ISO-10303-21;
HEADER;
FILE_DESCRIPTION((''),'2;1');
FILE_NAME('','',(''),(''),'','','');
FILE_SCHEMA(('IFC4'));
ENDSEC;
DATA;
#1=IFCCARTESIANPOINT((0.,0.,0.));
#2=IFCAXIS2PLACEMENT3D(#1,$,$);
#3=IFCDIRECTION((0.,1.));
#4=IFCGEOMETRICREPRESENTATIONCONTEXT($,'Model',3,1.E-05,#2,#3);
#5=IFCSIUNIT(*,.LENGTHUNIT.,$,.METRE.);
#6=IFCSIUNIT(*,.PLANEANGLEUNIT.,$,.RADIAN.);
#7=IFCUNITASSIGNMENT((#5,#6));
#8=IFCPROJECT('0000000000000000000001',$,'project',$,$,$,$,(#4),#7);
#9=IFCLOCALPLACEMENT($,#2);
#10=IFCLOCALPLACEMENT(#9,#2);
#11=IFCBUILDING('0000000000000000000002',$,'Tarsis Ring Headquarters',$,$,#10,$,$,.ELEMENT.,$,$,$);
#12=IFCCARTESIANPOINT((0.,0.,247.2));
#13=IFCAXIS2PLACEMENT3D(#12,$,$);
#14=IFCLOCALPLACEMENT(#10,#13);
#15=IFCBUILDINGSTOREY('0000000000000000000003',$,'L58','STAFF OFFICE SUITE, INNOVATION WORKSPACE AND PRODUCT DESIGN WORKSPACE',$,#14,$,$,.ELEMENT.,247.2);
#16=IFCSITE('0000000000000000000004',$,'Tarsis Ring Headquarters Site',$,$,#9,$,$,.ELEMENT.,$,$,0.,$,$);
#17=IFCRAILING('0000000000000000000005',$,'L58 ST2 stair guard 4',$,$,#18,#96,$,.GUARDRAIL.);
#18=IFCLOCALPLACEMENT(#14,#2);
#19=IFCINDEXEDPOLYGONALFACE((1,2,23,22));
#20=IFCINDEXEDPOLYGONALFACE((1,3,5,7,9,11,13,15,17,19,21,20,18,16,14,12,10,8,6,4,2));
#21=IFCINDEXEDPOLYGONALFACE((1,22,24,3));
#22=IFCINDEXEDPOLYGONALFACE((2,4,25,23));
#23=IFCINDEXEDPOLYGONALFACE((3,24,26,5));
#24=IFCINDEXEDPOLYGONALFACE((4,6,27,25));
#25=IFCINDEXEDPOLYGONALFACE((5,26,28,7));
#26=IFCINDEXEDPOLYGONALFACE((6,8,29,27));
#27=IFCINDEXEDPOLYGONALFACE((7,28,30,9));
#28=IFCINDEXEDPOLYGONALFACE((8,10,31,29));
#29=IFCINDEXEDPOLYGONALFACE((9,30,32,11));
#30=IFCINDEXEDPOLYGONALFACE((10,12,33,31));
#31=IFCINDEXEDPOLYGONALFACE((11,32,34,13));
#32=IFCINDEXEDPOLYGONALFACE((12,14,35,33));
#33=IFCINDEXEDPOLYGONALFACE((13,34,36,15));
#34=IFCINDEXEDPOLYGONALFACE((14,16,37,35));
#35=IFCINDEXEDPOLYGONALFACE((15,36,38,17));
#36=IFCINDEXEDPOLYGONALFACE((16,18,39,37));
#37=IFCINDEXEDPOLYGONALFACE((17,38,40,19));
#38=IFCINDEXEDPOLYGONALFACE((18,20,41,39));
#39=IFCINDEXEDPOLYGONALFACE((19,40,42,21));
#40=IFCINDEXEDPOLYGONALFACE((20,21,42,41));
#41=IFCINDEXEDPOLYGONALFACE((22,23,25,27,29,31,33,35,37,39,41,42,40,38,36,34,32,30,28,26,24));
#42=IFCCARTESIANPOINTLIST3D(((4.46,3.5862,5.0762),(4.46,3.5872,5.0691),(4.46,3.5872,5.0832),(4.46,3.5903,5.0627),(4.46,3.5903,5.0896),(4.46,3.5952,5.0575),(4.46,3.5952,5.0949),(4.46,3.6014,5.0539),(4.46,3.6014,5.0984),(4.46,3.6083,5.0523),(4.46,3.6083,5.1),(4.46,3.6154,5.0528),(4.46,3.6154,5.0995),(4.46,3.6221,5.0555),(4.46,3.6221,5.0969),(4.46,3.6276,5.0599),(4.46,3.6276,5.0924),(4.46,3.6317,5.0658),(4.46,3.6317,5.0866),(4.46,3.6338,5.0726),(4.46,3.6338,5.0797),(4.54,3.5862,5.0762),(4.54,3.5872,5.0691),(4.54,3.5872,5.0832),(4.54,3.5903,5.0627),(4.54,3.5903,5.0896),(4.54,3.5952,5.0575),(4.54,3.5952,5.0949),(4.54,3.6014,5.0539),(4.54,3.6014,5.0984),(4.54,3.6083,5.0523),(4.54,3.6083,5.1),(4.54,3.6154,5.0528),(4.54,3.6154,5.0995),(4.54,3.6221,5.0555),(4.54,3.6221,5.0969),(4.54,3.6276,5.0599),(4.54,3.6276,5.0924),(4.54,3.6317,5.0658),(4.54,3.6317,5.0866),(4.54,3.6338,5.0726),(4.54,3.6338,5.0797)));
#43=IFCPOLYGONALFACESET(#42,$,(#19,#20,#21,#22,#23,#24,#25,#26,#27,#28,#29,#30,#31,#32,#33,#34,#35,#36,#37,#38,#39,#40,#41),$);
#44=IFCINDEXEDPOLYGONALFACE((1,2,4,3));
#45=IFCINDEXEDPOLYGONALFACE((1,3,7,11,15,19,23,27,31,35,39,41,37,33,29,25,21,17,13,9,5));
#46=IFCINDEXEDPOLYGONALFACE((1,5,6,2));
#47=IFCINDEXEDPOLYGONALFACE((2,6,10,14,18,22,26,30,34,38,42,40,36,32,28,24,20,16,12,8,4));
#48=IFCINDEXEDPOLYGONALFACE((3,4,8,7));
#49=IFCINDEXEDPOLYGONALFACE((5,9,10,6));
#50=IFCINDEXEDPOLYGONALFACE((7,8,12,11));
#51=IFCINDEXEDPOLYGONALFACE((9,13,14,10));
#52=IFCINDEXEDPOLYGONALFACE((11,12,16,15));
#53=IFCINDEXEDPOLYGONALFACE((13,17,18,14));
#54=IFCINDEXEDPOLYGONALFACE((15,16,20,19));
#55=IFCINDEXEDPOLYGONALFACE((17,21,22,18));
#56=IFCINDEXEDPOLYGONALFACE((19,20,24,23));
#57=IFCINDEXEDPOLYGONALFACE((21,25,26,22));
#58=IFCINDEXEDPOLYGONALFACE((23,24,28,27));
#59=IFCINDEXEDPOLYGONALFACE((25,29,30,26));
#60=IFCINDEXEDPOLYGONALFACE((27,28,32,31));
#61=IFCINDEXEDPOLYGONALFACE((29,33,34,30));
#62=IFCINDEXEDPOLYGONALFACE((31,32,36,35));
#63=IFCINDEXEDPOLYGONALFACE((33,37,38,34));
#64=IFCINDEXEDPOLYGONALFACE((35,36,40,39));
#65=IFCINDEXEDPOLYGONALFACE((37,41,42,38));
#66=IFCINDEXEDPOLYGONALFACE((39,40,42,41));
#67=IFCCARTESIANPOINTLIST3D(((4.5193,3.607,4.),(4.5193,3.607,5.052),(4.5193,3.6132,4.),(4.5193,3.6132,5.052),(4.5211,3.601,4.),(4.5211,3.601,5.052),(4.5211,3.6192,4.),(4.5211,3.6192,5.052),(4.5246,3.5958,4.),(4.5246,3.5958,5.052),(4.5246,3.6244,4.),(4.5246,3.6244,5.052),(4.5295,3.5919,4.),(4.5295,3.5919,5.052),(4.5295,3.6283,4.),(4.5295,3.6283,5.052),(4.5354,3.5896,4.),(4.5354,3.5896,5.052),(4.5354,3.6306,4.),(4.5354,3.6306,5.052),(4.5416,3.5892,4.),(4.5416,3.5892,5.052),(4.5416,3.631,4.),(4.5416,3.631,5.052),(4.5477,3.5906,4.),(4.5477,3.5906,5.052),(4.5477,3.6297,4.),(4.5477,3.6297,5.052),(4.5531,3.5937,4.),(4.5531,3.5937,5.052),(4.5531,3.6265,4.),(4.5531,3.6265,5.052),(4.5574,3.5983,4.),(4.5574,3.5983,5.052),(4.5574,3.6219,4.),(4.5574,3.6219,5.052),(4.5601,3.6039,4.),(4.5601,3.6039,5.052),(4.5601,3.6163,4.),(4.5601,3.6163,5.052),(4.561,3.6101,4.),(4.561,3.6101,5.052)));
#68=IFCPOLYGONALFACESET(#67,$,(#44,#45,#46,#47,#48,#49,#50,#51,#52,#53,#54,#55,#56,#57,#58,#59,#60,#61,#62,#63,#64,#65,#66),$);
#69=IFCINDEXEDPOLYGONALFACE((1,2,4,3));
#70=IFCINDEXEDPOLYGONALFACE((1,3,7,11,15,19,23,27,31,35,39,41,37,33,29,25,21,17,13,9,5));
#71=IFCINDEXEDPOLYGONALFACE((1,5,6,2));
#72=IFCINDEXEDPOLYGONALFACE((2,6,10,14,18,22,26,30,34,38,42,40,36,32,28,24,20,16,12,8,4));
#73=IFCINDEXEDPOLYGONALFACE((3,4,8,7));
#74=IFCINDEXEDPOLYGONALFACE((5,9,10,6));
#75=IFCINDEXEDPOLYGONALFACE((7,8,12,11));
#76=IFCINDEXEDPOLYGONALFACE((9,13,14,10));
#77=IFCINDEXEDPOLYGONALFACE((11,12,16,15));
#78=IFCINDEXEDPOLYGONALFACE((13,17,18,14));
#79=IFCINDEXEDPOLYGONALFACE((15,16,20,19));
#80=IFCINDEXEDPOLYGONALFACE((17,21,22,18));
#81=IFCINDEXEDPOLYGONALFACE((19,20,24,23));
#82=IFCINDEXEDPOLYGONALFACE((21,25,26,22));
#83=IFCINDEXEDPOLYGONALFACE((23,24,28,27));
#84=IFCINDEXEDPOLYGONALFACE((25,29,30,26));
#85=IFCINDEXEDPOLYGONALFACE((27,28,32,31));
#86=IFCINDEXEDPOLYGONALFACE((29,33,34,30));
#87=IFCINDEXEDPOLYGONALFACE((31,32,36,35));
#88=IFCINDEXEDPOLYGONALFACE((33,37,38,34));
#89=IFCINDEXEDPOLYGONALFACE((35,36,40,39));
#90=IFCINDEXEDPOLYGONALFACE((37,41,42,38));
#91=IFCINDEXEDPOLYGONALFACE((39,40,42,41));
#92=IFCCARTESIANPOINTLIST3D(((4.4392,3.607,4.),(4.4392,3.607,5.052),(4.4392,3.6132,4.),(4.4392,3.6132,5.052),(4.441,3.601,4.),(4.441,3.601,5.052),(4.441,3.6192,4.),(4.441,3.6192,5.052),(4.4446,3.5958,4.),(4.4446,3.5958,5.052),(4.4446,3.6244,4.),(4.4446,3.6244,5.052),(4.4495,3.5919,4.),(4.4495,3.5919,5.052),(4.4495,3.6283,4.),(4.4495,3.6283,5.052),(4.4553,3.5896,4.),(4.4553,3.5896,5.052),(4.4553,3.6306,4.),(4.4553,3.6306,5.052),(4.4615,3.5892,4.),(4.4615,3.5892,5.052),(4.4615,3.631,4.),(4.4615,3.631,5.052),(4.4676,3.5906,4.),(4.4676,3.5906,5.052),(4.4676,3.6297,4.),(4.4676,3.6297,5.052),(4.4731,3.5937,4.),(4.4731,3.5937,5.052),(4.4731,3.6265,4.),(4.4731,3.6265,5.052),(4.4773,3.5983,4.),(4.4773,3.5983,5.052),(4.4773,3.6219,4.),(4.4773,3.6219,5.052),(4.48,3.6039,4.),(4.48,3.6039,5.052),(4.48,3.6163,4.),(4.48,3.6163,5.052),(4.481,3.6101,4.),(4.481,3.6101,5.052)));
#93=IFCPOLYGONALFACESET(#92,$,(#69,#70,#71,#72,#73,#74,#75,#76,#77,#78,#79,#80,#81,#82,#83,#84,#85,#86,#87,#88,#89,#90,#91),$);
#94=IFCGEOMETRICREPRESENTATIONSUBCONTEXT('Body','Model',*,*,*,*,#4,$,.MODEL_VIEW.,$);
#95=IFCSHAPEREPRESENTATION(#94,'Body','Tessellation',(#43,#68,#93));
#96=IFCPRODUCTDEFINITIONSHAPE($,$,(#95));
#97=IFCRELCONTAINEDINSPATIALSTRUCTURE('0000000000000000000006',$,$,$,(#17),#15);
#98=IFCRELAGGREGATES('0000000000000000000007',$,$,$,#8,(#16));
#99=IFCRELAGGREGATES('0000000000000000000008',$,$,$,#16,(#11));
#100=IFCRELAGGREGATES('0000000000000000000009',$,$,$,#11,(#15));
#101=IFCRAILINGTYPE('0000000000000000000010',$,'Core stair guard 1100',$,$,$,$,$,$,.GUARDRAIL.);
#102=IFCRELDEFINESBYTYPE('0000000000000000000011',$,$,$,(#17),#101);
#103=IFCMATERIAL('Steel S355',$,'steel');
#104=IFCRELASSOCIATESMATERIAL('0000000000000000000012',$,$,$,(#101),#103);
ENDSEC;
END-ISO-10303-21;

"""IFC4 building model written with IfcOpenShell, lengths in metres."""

from ifc_helpers import new_model, si_unit, direction, frame, origin, origin_2d, place, context, subcontext, project, spatial, circle, extrude, material, type_object, element, save


model = new_model("IFC4")

# Units and contexts
model_context = context("Model", 3, precision=1e-05, world=origin(), true_north=direction((0.0, 1.0)))
body_context = subcontext(model_context, "Body", "Model", "MODEL_VIEW")
ifc_project = project(units=[si_unit("LENGTHUNIT", "METRE"), si_unit("PLANEANGLEUNIT", "RADIAN")], contexts=[model_context])

# Site, building, storey
site_placement = place(None, origin())
site = spatial("IfcSite", under=ifc_project, at=site_placement, Name="Tarsis Ring Headquarters Site", CompositionType="ELEMENT", RefElevation=0.0)
building_placement = place(site_placement, origin())
building = spatial("IfcBuilding", under=site, at=building_placement, Name="Tarsis Ring Headquarters", CompositionType="ELEMENT")
storey_placement = place(building_placement, frame((0.0, 0.0, 247.2)))
storey = spatial("IfcBuildingStorey", under=building, at=storey_placement, Name="L58", Description="STAFF OFFICE SUITE, INNOVATION WORKSPACE AND PRODUCT DESIGN WORKSPACE", CompositionType="ELEMENT", Elevation=247.2)

# Railing
ifc_material_1 = material(Name="Steel S355", Category="steel")
railing_type_1 = type_object("IfcRailingType", Name="Core stair guard 1100", PredefinedType="GUARDRAIL", material=ifc_material_1)
railing_1_placement = place(storey_placement, frame((4.54, 3.6101, 4.0)))
element("IfcRailing", 1, at=railing_1_placement, inside=storey, type_object=railing_type_1, Name="L58 ST2 stair guard 4", PredefinedType="GUARDRAIL", context=body_context, shape_type="SweptSolid", body=[
    extrude(circle(Radius=0.0239, at=origin_2d()), frame((0.0, 0.0, 1.0762), z_axis=(-1.0, 0.0, 0.0), x_axis=(0.0, -1.0, 0.0)), (0.0, 0.0, 1.0), 0.0801),
    extrude(circle(Radius=0.021, at=origin_2d()), origin(), (0.0, 0.0, 1.0), 1.052),
    extrude(circle(Radius=0.021, at=origin_2d()), frame((-0.0801, 0.0, 0.0)), (0.0, 0.0, 1.0), 1.052),
])

save(model, "model.ifc")
